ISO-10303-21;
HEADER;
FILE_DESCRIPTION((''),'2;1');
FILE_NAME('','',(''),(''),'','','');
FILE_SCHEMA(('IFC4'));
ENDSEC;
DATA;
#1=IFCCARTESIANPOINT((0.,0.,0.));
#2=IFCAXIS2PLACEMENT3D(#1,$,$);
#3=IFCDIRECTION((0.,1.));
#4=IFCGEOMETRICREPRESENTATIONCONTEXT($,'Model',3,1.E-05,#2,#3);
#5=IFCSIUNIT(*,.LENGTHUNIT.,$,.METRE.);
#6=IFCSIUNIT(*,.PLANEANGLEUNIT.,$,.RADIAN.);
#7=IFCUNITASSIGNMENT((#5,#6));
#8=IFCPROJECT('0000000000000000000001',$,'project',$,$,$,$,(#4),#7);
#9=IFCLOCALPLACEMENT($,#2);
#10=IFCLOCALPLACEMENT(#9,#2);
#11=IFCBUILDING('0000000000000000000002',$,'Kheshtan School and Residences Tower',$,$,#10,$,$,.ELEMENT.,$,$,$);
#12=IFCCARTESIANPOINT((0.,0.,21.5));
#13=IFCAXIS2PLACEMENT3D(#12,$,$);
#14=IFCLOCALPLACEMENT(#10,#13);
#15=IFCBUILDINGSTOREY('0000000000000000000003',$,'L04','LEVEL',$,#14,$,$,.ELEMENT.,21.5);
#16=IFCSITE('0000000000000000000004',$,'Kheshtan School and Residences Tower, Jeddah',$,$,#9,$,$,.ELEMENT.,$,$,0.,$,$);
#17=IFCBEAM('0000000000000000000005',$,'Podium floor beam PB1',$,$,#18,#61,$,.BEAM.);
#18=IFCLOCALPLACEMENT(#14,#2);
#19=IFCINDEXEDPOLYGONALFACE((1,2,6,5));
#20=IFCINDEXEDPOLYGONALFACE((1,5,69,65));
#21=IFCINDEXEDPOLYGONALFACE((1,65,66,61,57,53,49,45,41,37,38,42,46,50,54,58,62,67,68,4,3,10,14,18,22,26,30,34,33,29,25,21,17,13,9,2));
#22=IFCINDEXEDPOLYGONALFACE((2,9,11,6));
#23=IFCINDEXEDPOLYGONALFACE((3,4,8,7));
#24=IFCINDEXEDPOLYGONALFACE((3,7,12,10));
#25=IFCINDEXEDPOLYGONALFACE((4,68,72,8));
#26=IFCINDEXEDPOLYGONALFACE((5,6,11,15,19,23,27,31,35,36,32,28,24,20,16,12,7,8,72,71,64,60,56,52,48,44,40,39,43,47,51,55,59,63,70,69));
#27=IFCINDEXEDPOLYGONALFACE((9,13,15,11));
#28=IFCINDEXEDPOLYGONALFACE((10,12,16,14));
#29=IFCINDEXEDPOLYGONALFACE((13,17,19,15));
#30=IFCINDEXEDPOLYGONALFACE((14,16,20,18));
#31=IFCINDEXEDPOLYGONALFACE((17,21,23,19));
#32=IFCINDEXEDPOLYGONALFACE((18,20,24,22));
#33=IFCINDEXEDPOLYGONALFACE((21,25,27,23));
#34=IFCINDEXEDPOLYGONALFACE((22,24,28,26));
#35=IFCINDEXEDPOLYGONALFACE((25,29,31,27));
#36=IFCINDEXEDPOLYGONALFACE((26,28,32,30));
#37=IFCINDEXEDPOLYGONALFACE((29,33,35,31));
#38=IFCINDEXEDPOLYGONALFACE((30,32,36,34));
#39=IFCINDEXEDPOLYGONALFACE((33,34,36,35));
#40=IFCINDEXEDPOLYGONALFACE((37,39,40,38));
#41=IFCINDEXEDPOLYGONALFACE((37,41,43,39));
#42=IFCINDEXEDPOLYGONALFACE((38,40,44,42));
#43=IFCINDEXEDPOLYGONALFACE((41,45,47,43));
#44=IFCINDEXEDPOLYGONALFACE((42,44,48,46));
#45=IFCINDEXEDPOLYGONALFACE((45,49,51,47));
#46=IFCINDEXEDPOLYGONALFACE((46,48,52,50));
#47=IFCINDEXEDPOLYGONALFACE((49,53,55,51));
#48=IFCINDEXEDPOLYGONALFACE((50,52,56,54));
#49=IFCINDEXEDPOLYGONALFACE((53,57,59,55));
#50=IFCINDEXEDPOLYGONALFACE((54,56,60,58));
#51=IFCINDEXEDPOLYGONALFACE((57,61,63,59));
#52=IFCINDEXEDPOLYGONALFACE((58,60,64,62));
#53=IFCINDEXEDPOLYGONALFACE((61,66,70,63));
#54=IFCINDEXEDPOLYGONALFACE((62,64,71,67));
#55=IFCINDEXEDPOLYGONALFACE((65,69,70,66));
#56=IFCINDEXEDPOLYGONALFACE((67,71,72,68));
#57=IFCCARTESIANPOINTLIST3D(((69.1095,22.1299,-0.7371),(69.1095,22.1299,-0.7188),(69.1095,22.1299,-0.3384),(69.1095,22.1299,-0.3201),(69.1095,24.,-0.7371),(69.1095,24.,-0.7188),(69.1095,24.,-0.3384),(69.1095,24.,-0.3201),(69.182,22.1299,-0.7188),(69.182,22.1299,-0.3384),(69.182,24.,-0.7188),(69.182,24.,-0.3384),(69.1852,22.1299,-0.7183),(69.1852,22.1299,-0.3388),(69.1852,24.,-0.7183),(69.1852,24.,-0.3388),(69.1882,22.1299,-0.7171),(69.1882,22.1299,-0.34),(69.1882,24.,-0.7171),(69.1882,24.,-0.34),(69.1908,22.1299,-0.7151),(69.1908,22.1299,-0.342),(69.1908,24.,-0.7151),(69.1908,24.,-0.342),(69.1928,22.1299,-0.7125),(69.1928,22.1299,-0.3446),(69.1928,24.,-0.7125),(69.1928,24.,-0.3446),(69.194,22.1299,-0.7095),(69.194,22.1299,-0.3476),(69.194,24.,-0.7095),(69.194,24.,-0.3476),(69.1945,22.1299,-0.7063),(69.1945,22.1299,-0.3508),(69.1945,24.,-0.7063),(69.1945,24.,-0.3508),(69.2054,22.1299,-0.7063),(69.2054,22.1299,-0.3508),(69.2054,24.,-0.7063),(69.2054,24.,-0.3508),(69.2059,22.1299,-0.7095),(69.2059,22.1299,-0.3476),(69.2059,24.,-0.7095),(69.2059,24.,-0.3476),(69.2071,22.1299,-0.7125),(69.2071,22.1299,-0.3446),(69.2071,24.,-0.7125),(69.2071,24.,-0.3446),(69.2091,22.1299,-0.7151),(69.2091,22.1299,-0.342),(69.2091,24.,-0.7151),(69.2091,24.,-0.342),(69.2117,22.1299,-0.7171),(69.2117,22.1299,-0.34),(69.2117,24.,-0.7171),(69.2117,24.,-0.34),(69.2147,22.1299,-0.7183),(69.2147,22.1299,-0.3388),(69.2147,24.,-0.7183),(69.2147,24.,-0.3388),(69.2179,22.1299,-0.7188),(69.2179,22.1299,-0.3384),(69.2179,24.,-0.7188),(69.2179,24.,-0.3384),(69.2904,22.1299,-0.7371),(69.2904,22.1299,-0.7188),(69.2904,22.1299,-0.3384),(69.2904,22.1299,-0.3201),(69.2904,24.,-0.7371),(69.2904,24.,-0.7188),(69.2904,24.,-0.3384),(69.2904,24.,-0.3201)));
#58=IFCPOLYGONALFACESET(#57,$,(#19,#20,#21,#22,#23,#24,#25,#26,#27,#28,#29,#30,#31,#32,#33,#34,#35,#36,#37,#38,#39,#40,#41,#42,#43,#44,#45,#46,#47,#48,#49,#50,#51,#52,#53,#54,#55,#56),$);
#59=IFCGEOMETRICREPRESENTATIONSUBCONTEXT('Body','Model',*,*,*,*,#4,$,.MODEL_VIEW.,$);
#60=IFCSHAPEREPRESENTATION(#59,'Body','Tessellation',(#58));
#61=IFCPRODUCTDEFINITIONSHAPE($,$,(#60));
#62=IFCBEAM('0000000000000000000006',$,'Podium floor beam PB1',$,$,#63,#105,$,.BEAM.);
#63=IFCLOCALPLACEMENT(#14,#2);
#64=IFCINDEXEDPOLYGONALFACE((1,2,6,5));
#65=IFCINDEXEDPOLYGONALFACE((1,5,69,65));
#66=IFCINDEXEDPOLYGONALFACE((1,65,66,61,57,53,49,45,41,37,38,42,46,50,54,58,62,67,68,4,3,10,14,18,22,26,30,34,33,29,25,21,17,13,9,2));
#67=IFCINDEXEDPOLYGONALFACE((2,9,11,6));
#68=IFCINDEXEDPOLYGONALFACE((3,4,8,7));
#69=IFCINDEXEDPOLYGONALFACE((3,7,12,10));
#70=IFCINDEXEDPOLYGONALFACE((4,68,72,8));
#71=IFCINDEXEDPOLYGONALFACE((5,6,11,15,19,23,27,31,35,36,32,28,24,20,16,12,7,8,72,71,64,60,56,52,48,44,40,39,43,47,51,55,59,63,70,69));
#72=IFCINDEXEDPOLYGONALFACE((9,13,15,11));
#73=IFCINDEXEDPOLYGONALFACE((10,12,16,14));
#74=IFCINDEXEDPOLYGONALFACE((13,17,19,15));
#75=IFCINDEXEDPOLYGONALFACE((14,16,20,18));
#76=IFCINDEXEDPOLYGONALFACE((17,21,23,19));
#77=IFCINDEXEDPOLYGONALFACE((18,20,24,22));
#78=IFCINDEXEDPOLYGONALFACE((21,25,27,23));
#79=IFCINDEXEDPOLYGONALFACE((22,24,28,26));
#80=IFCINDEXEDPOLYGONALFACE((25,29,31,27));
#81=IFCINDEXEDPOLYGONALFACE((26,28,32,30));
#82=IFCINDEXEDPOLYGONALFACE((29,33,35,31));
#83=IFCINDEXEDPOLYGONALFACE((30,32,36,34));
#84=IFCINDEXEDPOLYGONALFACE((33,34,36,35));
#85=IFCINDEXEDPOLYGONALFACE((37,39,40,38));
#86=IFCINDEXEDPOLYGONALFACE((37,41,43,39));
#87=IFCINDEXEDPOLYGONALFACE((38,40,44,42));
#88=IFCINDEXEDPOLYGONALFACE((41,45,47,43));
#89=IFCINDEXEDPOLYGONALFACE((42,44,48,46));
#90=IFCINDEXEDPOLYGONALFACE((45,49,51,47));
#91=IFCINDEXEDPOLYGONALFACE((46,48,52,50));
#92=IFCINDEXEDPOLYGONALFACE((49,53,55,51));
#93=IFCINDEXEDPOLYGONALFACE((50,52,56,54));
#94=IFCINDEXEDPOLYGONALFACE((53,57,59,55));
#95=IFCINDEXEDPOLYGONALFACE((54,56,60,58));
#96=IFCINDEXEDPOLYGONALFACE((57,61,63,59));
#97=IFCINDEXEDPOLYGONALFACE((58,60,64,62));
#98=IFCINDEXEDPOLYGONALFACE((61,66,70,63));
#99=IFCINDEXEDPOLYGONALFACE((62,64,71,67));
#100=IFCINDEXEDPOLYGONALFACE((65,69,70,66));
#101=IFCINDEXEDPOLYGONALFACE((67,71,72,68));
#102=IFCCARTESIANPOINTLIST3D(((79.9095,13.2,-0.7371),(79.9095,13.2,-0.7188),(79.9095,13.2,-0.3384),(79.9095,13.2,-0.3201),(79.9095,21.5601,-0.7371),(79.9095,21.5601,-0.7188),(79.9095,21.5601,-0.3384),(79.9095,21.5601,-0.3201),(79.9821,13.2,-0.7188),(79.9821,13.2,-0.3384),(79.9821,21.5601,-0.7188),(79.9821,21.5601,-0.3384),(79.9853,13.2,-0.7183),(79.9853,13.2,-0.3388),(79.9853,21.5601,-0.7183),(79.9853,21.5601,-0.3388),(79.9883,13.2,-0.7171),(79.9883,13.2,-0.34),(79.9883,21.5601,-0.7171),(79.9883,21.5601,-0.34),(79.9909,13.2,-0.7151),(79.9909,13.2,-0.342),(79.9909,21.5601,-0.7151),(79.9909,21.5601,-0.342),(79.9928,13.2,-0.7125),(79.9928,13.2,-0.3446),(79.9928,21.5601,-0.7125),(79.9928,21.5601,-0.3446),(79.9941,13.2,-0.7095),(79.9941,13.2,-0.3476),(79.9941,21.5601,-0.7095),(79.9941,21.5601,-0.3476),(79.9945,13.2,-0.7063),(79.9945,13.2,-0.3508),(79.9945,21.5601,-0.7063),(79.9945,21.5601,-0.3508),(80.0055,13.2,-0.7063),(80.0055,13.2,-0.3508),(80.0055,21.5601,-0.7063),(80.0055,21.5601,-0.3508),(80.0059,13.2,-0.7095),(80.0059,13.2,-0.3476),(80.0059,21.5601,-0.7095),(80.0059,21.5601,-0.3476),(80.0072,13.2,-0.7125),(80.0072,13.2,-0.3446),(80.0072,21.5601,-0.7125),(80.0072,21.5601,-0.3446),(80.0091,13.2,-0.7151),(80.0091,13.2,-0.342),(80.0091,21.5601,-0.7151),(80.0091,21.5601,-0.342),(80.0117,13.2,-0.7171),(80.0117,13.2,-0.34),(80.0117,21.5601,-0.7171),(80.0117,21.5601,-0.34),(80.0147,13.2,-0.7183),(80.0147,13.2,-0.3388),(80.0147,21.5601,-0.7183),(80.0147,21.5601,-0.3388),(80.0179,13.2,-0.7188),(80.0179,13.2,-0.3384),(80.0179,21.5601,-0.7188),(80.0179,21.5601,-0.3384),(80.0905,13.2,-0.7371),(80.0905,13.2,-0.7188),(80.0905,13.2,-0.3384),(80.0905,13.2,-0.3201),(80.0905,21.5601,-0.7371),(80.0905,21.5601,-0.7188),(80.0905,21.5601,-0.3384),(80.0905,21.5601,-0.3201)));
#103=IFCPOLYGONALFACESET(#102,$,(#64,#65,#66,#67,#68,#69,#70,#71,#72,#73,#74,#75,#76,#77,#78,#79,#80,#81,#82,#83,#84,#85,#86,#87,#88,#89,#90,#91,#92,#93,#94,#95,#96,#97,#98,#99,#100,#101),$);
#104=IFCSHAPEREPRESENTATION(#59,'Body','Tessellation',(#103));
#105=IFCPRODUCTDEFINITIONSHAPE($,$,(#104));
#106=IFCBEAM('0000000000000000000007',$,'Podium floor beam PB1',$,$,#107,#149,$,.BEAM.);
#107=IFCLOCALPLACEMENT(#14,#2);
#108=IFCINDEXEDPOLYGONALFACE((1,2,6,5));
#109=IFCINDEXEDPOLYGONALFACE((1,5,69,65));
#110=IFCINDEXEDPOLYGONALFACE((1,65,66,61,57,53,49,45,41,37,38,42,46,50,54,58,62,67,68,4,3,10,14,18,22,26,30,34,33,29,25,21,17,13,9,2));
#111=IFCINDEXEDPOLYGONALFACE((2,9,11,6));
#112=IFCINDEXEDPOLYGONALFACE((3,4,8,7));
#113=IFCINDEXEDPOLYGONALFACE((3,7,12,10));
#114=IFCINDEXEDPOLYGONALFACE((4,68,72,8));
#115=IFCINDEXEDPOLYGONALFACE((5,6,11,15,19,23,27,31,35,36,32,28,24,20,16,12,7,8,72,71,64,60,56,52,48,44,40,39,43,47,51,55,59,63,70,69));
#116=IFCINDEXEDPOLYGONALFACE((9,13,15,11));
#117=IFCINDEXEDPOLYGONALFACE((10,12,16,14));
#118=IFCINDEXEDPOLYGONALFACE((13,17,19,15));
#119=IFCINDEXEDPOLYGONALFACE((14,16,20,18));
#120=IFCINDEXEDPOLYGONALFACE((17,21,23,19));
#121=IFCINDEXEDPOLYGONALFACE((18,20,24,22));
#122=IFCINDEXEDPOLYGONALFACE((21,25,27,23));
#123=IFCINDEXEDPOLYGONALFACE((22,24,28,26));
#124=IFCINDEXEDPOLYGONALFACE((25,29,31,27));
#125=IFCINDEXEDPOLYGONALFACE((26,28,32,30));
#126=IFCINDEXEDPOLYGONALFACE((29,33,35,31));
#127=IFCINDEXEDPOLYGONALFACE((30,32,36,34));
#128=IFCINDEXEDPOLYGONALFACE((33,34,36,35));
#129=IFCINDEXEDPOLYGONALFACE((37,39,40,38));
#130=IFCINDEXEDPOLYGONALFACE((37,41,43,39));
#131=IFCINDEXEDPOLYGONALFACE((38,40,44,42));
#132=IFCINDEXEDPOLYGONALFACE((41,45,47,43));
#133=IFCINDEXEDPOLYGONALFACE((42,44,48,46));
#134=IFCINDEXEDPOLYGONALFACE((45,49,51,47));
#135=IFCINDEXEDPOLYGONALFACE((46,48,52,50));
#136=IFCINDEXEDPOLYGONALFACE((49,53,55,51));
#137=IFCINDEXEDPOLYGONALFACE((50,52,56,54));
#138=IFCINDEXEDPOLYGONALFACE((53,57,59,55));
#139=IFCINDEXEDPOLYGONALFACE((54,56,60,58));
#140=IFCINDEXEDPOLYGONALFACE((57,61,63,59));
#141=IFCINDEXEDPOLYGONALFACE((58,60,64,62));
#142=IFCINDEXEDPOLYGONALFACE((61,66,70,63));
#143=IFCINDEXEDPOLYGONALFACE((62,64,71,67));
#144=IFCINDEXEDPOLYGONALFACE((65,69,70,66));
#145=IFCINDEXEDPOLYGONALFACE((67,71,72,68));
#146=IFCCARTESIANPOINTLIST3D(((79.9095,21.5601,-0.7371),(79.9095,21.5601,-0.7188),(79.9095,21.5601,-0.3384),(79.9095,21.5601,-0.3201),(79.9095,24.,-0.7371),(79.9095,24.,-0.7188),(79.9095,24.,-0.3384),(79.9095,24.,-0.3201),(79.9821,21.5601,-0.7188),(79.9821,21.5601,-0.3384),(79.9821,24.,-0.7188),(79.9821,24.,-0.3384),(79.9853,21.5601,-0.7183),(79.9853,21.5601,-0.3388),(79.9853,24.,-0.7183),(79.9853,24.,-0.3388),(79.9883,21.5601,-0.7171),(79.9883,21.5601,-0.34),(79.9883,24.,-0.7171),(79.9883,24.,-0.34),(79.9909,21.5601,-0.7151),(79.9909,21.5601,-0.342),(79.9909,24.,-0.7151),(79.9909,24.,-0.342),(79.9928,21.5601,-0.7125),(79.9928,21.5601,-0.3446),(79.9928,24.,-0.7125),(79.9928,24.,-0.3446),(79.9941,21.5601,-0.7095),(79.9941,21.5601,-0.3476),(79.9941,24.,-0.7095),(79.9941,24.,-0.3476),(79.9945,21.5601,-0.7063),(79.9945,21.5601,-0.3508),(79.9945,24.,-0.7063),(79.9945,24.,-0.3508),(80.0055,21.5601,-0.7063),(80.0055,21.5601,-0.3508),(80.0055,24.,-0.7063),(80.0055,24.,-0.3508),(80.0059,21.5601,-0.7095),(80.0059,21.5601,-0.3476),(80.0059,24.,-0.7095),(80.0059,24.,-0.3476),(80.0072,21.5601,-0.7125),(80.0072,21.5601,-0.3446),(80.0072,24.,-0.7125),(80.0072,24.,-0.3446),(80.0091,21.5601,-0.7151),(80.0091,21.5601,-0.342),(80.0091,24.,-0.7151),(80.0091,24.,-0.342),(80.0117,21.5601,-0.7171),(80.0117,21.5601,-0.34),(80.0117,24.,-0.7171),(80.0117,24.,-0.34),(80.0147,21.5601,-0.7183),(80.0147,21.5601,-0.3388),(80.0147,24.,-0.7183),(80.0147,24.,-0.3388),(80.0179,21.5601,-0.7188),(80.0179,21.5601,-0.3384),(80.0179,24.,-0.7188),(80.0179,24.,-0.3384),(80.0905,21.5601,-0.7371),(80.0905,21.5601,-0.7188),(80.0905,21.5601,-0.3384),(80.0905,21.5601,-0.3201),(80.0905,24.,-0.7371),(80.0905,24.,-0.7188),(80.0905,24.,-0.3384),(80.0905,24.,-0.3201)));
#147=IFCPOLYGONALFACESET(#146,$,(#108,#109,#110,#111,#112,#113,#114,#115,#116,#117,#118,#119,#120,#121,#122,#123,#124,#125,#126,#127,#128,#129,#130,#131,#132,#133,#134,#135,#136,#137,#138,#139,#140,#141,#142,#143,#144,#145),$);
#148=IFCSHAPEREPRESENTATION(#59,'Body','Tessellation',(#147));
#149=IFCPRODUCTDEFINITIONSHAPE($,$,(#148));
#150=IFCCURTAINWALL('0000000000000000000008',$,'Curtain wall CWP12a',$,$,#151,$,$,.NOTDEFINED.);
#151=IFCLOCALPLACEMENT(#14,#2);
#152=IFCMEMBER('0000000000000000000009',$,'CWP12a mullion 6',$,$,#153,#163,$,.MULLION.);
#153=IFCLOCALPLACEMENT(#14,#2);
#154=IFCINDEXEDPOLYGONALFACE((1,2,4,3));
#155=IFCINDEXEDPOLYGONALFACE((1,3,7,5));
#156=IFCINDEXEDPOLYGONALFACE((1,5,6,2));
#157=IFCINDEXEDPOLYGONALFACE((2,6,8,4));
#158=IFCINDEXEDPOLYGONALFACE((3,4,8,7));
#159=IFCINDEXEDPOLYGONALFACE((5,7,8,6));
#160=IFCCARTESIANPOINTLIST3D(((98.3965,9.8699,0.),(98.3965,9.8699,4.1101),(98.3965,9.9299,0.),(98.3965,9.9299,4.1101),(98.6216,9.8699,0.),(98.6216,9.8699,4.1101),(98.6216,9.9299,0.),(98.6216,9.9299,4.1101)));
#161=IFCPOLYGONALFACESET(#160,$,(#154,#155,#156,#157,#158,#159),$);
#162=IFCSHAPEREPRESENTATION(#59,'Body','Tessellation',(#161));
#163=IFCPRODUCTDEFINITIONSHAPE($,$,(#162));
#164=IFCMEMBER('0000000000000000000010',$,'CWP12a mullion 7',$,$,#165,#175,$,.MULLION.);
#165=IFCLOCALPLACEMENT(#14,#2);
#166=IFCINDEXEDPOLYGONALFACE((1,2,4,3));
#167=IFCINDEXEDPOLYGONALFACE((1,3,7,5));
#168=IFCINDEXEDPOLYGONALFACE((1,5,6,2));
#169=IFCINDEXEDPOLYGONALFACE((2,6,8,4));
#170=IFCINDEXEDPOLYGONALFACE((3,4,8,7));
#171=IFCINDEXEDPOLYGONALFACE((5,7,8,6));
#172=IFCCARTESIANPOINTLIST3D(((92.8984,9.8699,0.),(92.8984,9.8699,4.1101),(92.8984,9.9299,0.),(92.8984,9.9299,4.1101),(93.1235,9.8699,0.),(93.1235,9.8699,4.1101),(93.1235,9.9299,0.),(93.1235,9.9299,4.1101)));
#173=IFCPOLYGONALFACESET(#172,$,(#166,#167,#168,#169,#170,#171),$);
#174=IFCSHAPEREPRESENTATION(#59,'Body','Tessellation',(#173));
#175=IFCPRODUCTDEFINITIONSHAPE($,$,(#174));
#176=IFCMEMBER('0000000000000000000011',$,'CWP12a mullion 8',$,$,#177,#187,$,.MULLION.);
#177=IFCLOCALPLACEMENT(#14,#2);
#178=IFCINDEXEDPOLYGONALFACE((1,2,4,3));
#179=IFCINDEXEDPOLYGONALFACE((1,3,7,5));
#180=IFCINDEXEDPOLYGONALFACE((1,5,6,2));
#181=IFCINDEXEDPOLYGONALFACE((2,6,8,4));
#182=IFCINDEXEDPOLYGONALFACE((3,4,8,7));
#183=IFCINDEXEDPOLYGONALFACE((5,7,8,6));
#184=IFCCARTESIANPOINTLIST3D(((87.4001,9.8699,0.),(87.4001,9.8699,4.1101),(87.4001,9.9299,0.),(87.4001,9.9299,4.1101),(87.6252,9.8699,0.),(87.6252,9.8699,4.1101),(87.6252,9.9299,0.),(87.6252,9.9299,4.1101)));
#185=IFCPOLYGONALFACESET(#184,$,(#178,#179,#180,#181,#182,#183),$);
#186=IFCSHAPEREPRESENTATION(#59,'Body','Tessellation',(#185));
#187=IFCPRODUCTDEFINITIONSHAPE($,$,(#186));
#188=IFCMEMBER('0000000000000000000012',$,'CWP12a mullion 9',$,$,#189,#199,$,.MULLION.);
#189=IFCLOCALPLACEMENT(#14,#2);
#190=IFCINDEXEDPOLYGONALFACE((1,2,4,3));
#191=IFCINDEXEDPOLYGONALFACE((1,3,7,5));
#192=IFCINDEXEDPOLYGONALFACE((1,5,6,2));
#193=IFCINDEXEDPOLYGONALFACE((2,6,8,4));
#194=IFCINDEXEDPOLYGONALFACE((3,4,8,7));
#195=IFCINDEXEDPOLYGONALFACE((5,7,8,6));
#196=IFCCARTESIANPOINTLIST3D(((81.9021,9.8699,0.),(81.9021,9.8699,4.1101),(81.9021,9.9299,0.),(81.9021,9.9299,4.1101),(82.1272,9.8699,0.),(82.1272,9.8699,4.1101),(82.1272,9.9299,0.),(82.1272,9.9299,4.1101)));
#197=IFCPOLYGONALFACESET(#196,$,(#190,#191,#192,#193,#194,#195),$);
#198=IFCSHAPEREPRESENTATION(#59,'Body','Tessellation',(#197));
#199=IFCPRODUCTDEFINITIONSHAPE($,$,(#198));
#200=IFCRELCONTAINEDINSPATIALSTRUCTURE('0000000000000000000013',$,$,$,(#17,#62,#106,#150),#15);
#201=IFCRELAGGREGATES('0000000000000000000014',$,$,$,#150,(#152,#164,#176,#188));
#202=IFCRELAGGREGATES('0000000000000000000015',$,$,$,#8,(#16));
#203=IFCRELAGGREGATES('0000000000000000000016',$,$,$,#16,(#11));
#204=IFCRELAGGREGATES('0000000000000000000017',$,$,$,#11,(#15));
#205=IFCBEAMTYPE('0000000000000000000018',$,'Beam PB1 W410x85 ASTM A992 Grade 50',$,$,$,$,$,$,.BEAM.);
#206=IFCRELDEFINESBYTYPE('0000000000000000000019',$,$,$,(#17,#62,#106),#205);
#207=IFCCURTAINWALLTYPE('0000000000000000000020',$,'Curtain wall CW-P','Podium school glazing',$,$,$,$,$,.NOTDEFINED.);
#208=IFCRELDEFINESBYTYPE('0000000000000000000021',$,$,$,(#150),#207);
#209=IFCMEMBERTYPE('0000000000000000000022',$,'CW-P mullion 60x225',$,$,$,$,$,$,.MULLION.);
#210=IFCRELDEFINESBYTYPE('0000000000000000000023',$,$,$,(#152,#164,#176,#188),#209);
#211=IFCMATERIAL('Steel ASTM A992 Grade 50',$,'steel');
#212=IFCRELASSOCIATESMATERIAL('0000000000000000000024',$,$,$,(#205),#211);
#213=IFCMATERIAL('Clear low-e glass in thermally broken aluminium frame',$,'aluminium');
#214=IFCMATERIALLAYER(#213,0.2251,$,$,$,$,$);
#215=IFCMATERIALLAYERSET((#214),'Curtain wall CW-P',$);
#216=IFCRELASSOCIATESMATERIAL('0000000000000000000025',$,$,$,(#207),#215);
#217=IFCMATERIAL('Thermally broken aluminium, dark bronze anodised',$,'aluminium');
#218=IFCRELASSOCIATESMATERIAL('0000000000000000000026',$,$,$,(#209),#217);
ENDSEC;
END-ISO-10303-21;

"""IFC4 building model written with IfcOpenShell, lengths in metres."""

from ifc_helpers import new_model, si_unit, direction, frame, origin, origin_2d, place, context, subcontext, project, spatial, rectangle, i_section, extrude, material, layer, layer_set, material_profile, profile_set, type_object, element, aggregate, save


model = new_model("IFC4")

# Units and contexts
model_context = context("Model", 3, precision=1e-05, world=origin(), true_north=direction((0.0, 1.0)))
body_context = subcontext(model_context, "Body", "Model", "MODEL_VIEW")
ifc_project = project(units=[si_unit("LENGTHUNIT", "METRE"), si_unit("PLANEANGLEUNIT", "RADIAN")], contexts=[model_context])

# Site, building, storey
site_placement = place(None, origin())
site = spatial("IfcSite", under=ifc_project, at=site_placement, Name="Kheshtan School and Residences Tower, Jeddah", CompositionType="ELEMENT", RefElevation=0.0)
building_placement = place(site_placement, origin())
building = spatial("IfcBuilding", under=site, at=building_placement, Name="Kheshtan School and Residences Tower", CompositionType="ELEMENT")
storey_placement = place(building_placement, frame((0.0, 0.0, 21.5)))
storey = spatial("IfcBuildingStorey", under=building, at=storey_placement, Name="L04", Description="LEVEL", CompositionType="ELEMENT", Elevation=21.5)

# Shared definitions
ifc_material_1 = material(Name="Steel ASTM A992 Grade 50", Category="steel")

# Beams
ifc_material_profile_1 = material_profile(ifc_material_1, i_section(OverallWidth=0.1809, OverallDepth=0.417, WebThickness=0.011, FlangeThickness=0.0183, FilletRadius=0.0125, at=origin_2d()), Name="W410x85")
ifc_profile_set_1 = profile_set([ifc_material_profile_1], Name="Steel ASTM A992 Grade 50")
beam_type = type_object("IfcBeamType", Name="Beam PB1 W410x85 ASTM A992 Grade 50", PredefinedType="BEAM", material=ifc_profile_set_1)
beam_1_placement = place(storey_placement, frame((69.2, 22.1299, -0.5286), z_axis=(0.0, 1.0, 0.0), x_axis=(-1.0, 0.0, 0.0)))
element("IfcBeam", 1, at=beam_1_placement, inside=storey, type_object=beam_type, Name="Podium floor beam PB1", PredefinedType="BEAM", context=body_context, shape_type="SweptSolid", body=[
    extrude(i_section(OverallWidth=0.1809, OverallDepth=0.417, WebThickness=0.011, FlangeThickness=0.0183, FilletRadius=0.0125, at=origin_2d()), origin(), (0.0, 0.0, 1.0), 1.8701),
])
beam_2_placement = place(storey_placement, frame((80.0, 13.2, -0.5286), z_axis=(0.0, 1.0, 0.0), x_axis=(-1.0, 0.0, 0.0)))
element("IfcBeam", 2, at=beam_2_placement, inside=storey, type_object=beam_type, Name="Podium floor beam PB1", PredefinedType="BEAM", context=body_context, shape_type="SweptSolid", body=[
    extrude(i_section(OverallWidth=0.1809, OverallDepth=0.417, WebThickness=0.011, FlangeThickness=0.0183, FilletRadius=0.0125, at=origin_2d()), origin(), (0.0, 0.0, 1.0), 8.3601),
])
beam_3_placement = place(storey_placement, frame((80.0, 21.5601, -0.5286), z_axis=(0.0, 1.0, 0.0), x_axis=(-1.0, 0.0, 0.0)))
element("IfcBeam", 3, at=beam_3_placement, inside=storey, type_object=beam_type, Name="Podium floor beam PB1", PredefinedType="BEAM", context=body_context, shape_type="SweptSolid", body=[
    extrude(i_section(OverallWidth=0.1809, OverallDepth=0.417, WebThickness=0.011, FlangeThickness=0.0183, FilletRadius=0.0125, at=origin_2d()), origin(), (0.0, 0.0, 1.0), 2.4399),
])

# Curtain wall, members
ifc_material_2 = material(Name="Clear low-e glass in thermally broken aluminium frame", Category="aluminium")
ifc_layer_1 = layer(ifc_material_2, 0.2251)
ifc_layer_set_1 = layer_set([ifc_layer_1], Name="Curtain wall CW-P")
curtain_wall_type = type_object("IfcCurtainWallType", Name="Curtain wall CW-P", Description="Podium school glazing", PredefinedType="NOTDEFINED", material=ifc_layer_set_1)
curtain_wall_placement = place(storey_placement, origin())
curtain_wall = element("IfcCurtainWall", 4, at=curtain_wall_placement, inside=storey, type_object=curtain_wall_type, Name="Curtain wall CWP12a", PredefinedType="NOTDEFINED")
ifc_material_3 = material(Name="Thermally broken aluminium, dark bronze anodised", Category="aluminium")
ifc_material_profile_2 = material_profile(ifc_material_3, rectangle(XDim=0.0601, YDim=0.2251, at=origin_2d()), Name="CW-P mullion 60x225")
ifc_profile_set_2 = profile_set([ifc_material_profile_2], Name="Thermally broken aluminium, dark bronze anodised")
member_type = type_object("IfcMemberType", Name="CW-P mullion 60x225", PredefinedType="MULLION", material=ifc_profile_set_2)
member_1_placement = place(storey_placement, frame((98.509, 9.8999, 0.0), z_axis=(0.0, 0.0, 1.0), x_axis=(0.0, -1.0, 0.0)))
member_1 = element("IfcMember", 5, at=member_1_placement, type_object=member_type, Name="CWP12a mullion 6", PredefinedType="MULLION", context=body_context, shape_type="SweptSolid", body=[
    extrude(rectangle(XDim=0.0601, YDim=0.2251, at=origin_2d()), origin(), (0.0, 0.0, 1.0), 4.1101),
])
member_2_placement = place(storey_placement, frame((93.011, 9.8999, 0.0), z_axis=(0.0, 0.0, 1.0), x_axis=(0.0, -1.0, 0.0)))
member_2 = element("IfcMember", 6, at=member_2_placement, type_object=member_type, Name="CWP12a mullion 7", PredefinedType="MULLION", context=body_context, shape_type="SweptSolid", body=[
    extrude(rectangle(XDim=0.0601, YDim=0.2251, at=origin_2d()), origin(), (0.0, 0.0, 1.0), 4.1101),
])
member_3_placement = place(storey_placement, frame((87.5127, 9.8999, 0.0), z_axis=(0.0, 0.0, 1.0), x_axis=(0.0, -1.0, 0.0)))
member_3 = element("IfcMember", 7, at=member_3_placement, type_object=member_type, Name="CWP12a mullion 8", PredefinedType="MULLION", context=body_context, shape_type="SweptSolid", body=[
    extrude(rectangle(XDim=0.0601, YDim=0.2251, at=origin_2d()), origin(), (0.0, 0.0, 1.0), 4.1101),
])
member_4_placement = place(storey_placement, frame((82.0146, 9.8999, 0.0), z_axis=(0.0, 0.0, 1.0), x_axis=(0.0, -1.0, 0.0)))
member_4 = element("IfcMember", 8, at=member_4_placement, type_object=member_type, Name="CWP12a mullion 9", PredefinedType="MULLION", context=body_context, shape_type="SweptSolid", body=[
    extrude(rectangle(XDim=0.0601, YDim=0.2251, at=origin_2d()), origin(), (0.0, 0.0, 1.0), 4.1101),
])
aggregate(curtain_wall, [member_1, member_2, member_3, member_4])

save(model, "model.ifc")
